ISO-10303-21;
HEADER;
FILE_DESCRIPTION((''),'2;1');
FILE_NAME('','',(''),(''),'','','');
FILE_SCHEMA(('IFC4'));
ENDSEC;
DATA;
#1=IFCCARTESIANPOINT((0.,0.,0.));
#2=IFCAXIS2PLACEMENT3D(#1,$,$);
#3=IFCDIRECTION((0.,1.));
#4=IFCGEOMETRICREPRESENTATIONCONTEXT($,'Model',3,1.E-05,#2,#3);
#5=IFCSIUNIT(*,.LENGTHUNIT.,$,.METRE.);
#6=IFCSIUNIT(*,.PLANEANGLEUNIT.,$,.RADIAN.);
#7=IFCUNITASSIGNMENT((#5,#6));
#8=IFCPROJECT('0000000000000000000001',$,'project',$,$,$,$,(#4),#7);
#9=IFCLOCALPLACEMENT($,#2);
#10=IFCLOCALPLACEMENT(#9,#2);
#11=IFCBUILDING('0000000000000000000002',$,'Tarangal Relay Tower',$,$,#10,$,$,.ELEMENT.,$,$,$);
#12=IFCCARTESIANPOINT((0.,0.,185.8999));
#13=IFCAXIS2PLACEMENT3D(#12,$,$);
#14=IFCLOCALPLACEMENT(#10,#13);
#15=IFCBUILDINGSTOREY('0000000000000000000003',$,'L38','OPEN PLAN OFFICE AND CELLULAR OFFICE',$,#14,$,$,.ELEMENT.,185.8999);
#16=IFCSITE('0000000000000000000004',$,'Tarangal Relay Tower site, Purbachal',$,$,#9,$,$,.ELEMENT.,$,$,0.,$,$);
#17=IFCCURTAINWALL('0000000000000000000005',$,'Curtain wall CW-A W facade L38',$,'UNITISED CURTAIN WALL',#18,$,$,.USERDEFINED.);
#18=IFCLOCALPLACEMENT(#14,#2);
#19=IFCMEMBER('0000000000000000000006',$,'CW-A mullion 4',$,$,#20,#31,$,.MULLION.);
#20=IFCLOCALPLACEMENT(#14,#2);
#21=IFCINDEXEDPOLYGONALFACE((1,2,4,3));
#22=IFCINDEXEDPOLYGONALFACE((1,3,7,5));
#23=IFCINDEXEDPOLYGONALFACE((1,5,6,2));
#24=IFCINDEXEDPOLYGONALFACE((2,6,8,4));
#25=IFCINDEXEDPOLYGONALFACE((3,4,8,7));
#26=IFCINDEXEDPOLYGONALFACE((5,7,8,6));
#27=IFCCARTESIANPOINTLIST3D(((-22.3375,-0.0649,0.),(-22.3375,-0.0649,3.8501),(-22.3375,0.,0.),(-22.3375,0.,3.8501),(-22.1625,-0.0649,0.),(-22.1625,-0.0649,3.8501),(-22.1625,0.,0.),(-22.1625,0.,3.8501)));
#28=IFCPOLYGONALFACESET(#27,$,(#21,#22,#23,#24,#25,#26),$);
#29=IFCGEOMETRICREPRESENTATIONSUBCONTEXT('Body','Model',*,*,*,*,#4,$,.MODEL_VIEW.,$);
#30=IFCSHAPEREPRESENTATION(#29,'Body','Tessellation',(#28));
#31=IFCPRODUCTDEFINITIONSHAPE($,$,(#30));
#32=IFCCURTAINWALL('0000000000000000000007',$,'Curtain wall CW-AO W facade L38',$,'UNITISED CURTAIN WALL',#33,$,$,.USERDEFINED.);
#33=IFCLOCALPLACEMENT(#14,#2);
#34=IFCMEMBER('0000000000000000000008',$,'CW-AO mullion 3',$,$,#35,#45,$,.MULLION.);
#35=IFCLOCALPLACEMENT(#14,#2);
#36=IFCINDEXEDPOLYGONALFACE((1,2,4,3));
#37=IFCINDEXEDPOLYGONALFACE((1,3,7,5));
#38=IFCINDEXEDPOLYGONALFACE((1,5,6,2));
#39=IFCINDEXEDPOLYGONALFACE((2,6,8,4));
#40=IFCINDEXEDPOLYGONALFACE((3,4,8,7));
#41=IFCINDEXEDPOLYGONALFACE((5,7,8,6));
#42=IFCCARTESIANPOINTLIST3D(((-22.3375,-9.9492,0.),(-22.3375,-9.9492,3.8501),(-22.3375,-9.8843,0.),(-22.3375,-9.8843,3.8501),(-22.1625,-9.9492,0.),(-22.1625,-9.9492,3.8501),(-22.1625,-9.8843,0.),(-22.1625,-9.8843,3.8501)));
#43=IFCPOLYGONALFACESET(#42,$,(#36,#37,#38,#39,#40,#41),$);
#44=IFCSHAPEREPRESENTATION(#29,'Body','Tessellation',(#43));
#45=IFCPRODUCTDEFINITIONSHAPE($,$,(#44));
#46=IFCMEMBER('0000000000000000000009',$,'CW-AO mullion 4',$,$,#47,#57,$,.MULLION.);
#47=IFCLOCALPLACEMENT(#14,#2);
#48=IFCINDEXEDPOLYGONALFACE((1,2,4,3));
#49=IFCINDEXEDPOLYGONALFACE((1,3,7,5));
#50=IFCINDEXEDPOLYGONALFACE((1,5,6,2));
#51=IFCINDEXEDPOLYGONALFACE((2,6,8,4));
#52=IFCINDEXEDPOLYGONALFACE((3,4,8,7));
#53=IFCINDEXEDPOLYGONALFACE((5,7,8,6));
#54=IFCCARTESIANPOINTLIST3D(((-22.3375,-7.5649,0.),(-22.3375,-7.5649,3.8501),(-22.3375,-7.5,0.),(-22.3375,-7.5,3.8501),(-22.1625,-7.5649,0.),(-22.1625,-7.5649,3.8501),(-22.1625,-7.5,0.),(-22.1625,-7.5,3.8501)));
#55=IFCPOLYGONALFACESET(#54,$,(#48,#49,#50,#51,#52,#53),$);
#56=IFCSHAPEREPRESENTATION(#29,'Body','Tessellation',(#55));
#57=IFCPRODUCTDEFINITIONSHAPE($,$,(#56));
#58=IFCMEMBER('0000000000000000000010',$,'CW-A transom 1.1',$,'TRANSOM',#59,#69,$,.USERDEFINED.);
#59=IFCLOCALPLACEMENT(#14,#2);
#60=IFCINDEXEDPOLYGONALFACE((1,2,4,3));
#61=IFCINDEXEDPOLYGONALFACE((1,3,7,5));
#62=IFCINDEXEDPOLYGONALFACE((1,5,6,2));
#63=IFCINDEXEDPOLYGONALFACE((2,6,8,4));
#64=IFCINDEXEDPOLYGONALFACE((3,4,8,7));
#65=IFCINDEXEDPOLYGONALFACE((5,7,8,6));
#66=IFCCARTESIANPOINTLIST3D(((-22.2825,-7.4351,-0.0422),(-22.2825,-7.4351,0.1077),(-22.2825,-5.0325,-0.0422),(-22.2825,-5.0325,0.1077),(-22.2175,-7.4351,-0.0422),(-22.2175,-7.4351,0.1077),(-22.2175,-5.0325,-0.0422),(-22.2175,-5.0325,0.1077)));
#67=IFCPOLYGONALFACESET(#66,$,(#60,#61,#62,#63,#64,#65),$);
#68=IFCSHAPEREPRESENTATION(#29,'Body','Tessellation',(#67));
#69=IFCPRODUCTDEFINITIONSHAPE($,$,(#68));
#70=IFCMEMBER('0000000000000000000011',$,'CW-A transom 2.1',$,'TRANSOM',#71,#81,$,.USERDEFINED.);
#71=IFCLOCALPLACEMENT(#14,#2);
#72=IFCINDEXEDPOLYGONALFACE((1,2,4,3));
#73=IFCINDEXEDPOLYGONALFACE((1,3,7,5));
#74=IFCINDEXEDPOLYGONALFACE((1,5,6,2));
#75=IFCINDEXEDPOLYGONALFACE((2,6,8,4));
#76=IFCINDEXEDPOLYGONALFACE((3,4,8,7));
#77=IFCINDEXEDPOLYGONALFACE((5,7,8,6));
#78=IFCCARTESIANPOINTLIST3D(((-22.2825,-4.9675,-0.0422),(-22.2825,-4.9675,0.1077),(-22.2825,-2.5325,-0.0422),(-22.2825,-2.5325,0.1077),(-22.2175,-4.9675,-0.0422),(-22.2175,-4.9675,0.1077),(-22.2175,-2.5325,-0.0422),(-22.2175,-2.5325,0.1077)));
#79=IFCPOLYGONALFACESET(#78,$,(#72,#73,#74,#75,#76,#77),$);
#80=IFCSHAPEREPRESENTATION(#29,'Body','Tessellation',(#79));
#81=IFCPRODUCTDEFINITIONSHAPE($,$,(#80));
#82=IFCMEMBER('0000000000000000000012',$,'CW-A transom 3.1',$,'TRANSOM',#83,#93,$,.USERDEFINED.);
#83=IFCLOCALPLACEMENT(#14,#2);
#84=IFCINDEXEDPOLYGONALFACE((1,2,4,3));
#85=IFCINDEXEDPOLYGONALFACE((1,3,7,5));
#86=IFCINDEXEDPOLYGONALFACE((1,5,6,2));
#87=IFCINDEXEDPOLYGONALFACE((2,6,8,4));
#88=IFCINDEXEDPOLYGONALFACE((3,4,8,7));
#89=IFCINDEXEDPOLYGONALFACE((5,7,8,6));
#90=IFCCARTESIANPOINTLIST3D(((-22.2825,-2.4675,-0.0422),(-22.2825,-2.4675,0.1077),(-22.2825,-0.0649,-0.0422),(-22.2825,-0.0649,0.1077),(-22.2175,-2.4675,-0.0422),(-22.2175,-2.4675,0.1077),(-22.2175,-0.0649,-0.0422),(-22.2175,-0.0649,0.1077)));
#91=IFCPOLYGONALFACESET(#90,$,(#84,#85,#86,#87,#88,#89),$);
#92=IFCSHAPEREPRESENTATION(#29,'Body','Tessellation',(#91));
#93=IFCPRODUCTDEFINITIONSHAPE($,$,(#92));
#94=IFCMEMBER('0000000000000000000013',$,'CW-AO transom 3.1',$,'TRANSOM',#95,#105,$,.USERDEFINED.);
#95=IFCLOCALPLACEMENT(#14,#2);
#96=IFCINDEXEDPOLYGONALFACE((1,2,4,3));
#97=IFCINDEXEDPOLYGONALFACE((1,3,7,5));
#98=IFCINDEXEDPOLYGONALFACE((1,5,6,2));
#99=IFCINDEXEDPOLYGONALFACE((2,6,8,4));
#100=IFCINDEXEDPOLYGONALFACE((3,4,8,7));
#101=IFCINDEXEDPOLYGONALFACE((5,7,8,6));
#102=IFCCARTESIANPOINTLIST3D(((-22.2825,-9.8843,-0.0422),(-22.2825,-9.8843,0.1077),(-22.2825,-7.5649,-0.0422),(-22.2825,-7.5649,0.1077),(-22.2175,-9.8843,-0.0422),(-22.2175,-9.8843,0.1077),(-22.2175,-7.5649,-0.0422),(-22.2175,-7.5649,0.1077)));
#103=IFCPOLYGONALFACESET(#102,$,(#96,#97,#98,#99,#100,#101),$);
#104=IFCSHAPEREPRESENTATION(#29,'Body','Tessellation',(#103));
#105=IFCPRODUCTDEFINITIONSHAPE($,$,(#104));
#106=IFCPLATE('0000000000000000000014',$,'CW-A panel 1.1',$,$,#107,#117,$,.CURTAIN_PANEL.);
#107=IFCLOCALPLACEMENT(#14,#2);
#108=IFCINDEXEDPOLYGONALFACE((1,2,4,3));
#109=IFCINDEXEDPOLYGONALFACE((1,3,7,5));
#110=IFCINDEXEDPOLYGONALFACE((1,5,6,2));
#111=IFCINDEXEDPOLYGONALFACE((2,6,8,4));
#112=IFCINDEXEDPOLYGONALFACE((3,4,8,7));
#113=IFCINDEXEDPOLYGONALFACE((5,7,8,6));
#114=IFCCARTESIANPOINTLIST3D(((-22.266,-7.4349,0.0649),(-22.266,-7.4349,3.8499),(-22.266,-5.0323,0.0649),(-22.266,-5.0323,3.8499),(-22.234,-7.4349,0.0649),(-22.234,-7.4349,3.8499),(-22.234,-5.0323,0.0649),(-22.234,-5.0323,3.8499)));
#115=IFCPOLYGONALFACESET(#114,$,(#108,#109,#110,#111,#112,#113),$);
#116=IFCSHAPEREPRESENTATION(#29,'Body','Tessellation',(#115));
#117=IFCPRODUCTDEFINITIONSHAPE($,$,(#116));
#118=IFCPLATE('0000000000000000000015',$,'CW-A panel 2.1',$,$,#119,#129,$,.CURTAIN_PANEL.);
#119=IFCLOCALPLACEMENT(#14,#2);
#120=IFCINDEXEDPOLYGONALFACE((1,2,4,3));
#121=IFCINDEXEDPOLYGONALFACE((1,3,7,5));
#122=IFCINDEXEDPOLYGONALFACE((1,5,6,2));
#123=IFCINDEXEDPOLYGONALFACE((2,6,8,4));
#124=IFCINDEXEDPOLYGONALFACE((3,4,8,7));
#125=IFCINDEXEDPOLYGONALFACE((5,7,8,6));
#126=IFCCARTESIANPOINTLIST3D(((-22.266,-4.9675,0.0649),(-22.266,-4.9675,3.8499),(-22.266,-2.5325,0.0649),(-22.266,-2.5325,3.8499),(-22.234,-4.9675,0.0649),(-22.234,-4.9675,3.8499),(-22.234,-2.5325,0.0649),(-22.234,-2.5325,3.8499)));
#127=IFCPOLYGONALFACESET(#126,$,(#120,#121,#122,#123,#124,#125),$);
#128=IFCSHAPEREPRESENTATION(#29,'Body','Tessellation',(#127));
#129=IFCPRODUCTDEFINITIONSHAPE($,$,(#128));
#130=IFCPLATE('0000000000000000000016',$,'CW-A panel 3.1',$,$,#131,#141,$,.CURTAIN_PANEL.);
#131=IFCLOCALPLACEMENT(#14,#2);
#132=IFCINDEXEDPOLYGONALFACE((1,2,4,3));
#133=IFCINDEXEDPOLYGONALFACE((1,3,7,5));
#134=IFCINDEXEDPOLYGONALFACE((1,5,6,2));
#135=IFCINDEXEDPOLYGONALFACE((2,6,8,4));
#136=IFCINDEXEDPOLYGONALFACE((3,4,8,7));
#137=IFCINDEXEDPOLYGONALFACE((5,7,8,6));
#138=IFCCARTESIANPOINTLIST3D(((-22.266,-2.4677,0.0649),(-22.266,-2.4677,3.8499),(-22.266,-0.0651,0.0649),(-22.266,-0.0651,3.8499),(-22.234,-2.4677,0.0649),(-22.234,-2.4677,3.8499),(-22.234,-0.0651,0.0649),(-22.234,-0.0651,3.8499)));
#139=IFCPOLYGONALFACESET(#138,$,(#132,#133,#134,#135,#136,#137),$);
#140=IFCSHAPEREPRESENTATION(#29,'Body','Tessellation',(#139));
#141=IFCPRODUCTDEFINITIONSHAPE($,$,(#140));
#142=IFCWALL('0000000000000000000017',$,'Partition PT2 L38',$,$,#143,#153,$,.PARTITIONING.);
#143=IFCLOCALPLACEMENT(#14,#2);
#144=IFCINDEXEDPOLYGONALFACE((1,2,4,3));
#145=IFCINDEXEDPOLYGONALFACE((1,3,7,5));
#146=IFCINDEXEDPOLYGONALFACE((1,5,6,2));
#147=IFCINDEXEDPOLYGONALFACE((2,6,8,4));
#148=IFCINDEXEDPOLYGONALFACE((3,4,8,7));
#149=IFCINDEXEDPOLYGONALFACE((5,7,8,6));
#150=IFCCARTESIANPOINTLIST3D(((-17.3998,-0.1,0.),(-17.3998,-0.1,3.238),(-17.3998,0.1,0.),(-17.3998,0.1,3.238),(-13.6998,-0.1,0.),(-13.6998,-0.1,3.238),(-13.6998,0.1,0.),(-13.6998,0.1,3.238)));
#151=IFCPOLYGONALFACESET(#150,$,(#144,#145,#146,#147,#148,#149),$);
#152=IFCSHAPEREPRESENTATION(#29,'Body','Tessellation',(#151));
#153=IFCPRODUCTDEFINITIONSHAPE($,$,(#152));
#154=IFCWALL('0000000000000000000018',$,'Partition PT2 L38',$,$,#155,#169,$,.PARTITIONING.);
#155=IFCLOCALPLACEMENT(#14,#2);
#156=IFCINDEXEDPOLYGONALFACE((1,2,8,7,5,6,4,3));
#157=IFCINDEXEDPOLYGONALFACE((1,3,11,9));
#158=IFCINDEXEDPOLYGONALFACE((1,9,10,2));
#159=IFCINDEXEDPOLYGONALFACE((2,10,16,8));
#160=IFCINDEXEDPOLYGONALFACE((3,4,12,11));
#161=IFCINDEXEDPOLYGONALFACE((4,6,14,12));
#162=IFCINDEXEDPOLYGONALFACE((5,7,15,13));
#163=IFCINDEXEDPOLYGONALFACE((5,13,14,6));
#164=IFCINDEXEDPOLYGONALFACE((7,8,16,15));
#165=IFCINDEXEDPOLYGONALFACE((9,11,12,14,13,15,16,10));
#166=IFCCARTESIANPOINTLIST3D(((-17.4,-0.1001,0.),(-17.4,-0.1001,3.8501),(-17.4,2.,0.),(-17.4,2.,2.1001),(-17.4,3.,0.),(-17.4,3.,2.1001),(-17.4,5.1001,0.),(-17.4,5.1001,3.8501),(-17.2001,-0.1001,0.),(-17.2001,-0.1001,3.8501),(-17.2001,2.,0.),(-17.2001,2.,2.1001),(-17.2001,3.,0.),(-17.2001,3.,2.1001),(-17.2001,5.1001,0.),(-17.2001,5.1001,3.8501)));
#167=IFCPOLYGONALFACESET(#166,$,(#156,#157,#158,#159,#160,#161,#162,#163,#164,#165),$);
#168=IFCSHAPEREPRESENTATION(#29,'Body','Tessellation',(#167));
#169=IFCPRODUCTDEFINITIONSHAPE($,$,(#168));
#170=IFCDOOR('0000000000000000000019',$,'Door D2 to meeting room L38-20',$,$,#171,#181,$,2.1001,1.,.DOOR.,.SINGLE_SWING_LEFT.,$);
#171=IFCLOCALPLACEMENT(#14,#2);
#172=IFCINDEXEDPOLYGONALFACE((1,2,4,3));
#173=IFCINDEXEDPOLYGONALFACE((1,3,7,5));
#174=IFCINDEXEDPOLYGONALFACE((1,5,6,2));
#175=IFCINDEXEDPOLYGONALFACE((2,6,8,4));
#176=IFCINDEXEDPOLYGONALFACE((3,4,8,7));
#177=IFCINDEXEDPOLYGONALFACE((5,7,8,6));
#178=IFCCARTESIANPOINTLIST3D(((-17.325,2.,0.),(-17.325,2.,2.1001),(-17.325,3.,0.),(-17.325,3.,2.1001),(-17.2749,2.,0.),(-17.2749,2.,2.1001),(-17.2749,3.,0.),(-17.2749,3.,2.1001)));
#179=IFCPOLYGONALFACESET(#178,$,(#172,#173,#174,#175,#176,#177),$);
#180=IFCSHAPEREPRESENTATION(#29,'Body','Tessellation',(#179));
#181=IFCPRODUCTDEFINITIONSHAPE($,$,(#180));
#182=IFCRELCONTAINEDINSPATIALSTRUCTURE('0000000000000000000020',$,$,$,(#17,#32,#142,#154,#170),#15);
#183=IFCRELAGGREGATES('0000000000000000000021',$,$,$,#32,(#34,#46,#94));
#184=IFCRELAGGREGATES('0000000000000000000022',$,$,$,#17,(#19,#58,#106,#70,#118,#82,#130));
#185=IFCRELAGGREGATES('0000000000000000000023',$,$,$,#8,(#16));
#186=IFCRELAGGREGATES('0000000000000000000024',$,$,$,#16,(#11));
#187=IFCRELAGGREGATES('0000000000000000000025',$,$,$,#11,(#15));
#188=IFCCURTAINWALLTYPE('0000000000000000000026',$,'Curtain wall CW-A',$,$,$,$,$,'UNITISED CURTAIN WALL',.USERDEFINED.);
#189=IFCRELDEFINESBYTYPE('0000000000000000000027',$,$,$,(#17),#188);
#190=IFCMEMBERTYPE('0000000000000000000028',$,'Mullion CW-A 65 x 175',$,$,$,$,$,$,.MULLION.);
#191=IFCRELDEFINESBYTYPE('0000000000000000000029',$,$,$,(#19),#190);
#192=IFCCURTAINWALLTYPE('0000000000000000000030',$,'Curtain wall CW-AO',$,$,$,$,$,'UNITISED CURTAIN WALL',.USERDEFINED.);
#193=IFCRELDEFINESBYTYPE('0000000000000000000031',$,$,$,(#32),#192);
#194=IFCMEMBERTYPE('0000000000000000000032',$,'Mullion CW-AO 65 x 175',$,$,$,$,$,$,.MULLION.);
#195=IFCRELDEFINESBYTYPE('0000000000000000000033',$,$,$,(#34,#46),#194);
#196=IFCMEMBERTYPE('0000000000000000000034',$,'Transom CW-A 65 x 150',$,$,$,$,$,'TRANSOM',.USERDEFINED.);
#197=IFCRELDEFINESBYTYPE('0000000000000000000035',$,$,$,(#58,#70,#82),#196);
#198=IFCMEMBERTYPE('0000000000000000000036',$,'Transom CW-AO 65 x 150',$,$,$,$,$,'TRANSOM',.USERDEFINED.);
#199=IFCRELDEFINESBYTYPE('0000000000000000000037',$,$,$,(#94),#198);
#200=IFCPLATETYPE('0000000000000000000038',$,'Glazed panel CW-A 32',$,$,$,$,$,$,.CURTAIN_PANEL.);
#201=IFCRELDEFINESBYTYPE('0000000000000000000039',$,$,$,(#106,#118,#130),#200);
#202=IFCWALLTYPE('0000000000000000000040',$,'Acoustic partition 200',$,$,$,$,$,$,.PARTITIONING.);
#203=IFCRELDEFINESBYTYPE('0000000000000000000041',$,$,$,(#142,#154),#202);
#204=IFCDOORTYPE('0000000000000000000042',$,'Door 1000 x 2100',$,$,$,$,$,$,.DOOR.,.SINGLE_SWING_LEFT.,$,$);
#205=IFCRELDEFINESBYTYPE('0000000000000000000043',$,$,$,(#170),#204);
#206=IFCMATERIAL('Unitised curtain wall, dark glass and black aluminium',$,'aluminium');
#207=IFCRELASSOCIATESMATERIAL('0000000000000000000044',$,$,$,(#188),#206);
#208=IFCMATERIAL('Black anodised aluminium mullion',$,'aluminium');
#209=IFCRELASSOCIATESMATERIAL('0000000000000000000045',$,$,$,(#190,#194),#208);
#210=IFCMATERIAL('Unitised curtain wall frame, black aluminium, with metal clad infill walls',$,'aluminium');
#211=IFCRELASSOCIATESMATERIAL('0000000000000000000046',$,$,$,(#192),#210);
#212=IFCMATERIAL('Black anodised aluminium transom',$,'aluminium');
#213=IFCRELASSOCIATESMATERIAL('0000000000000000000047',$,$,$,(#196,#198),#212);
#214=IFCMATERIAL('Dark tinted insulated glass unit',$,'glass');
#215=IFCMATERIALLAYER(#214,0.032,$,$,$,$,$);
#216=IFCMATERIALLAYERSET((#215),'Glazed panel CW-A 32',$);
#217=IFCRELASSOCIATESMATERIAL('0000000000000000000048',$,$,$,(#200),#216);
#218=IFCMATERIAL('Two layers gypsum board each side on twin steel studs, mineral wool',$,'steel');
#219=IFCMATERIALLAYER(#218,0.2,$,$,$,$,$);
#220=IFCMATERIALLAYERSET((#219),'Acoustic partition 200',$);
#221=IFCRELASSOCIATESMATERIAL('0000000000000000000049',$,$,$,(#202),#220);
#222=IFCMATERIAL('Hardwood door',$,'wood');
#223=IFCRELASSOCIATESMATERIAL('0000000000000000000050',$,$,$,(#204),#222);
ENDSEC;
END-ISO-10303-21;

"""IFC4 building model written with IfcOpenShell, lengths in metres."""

from ifc_helpers import new_model, si_unit, direction, frame, frame_2d, origin, origin_2d, place, context, subcontext, project, spatial, rectangle, extrude, material, layer, layer_set, material_profile, profile_set, type_object, element, fill, aggregate, save


model = new_model("IFC4")

# Units and contexts
model_context = context("Model", 3, precision=1e-05, world=origin(), true_north=direction((0.0, 1.0)))
body_context = subcontext(model_context, "Body", "Model", "MODEL_VIEW")
ifc_project = project(units=[si_unit("LENGTHUNIT", "METRE"), si_unit("PLANEANGLEUNIT", "RADIAN")], contexts=[model_context])

# Site, building, storey
site_placement = place(None, origin())
site = spatial("IfcSite", under=ifc_project, at=site_placement, Name="Tarangal Relay Tower site, Purbachal", CompositionType="ELEMENT", RefElevation=0.0)
building_placement = place(site_placement, origin())
building = spatial("IfcBuilding", under=site, at=building_placement, Name="Tarangal Relay Tower", CompositionType="ELEMENT")
storey_placement = place(building_placement, frame((0.0, 0.0, 185.8999)))
storey = spatial("IfcBuildingStorey", under=building, at=storey_placement, Name="L38", Description="OPEN PLAN OFFICE AND CELLULAR OFFICE", CompositionType="ELEMENT", Elevation=185.8999)

# Curtain walls, members
ifc_material_1 = material(Name="Unitised curtain wall, dark glass and black aluminium", Category="aluminium")
curtain_wall_type_1 = type_object("IfcCurtainWallType", Name="Curtain wall CW-A", ElementType="UNITISED CURTAIN WALL", PredefinedType="USERDEFINED", material=ifc_material_1)
curtain_wall_1_placement = place(storey_placement, origin())
curtain_wall_1 = element("IfcCurtainWall", 1, at=curtain_wall_1_placement, inside=storey, type_object=curtain_wall_type_1, Name="Curtain wall CW-A W facade L38", ObjectType="UNITISED CURTAIN WALL", PredefinedType="USERDEFINED")
ifc_material_2 = material(Name="Black anodised aluminium mullion", Category="aluminium")
ifc_material_profile_1 = material_profile(ifc_material_2, rectangle(XDim=0.175, YDim=0.0649, at=origin_2d()), Name="CW-AM 65X175")
ifc_profile_set_1 = profile_set([ifc_material_profile_1], Name="Black anodised aluminium mullion")
member_type_1 = type_object("IfcMemberType", Name="Mullion CW-A 65 x 175", PredefinedType="MULLION", material=ifc_profile_set_1)
member_1_placement = place(storey_placement, frame((-22.25, -0.0325, 0.0), z_axis=(0.0, 0.0, 1.0), x_axis=(-1.0, 0.0, 0.0)))
member_1 = element("IfcMember", 2, at=member_1_placement, type_object=member_type_1, Name="CW-A mullion 4", PredefinedType="MULLION", context=body_context, shape_type="SweptSolid", body=[
    extrude(rectangle(XDim=0.175, YDim=0.0649, at=origin_2d()), origin(), (0.0, 0.0, 1.0), 3.8501),
])
ifc_material_3 = material(Name="Unitised curtain wall frame, black aluminium, with metal clad infill walls", Category="aluminium")
curtain_wall_type_2 = type_object("IfcCurtainWallType", Name="Curtain wall CW-AO", ElementType="UNITISED CURTAIN WALL", PredefinedType="USERDEFINED", material=ifc_material_3)
curtain_wall_2_placement = place(storey_placement, origin())
curtain_wall_2 = element("IfcCurtainWall", 3, at=curtain_wall_2_placement, inside=storey, type_object=curtain_wall_type_2, Name="Curtain wall CW-AO W facade L38", ObjectType="UNITISED CURTAIN WALL", PredefinedType="USERDEFINED")
ifc_material_profile_2 = material_profile(ifc_material_2, rectangle(XDim=0.175, YDim=0.0649, at=origin_2d()), Name="CW-AOM 65X175")
ifc_profile_set_2 = profile_set([ifc_material_profile_2], Name="Black anodised aluminium mullion")
member_type_2 = type_object("IfcMemberType", Name="Mullion CW-AO 65 x 175", PredefinedType="MULLION", material=ifc_profile_set_2)
member_2_placement = place(storey_placement, frame((-22.25, -9.9167, 0.0), z_axis=(0.0, 0.0, 1.0), x_axis=(-1.0, 0.0, 0.0)))
member_2 = element("IfcMember", 4, at=member_2_placement, type_object=member_type_2, Name="CW-AO mullion 3", PredefinedType="MULLION", context=body_context, shape_type="SweptSolid", body=[
    extrude(rectangle(XDim=0.175, YDim=0.0649, at=origin_2d()), origin(), (0.0, 0.0, 1.0), 3.8501),
])
member_3_placement = place(storey_placement, frame((-22.25, -7.5325, 0.0), z_axis=(0.0, 0.0, 1.0), x_axis=(-1.0, 0.0, 0.0)))
member_3 = element("IfcMember", 5, at=member_3_placement, type_object=member_type_2, Name="CW-AO mullion 4", PredefinedType="MULLION", context=body_context, shape_type="SweptSolid", body=[
    extrude(rectangle(XDim=0.175, YDim=0.0649, at=origin_2d()), origin(), (0.0, 0.0, 1.0), 3.8501),
])

# Members
ifc_material_4 = material(Name="Black anodised aluminium transom", Category="aluminium")
ifc_material_profile_3 = material_profile(ifc_material_4, rectangle(XDim=0.0649, YDim=0.1499, at=origin_2d()), Name="CW-AT 65X150")
ifc_profile_set_3 = profile_set([ifc_material_profile_3], Name="Black anodised aluminium transom")
member_type_3 = type_object("IfcMemberType", Name="Transom CW-A 65 x 150", ElementType="TRANSOM", PredefinedType="USERDEFINED", material=ifc_profile_set_3)
member_4_placement = place(storey_placement, frame((-22.25, -7.4351, 0.0327), z_axis=(0.0, 1.0, 0.0), x_axis=(-1.0, 0.0, 0.0)))
member_4 = element("IfcMember", 6, at=member_4_placement, type_object=member_type_3, Name="CW-A transom 1.1", ObjectType="TRANSOM", PredefinedType="USERDEFINED", context=body_context, shape_type="SweptSolid", body=[
    extrude(rectangle(XDim=0.0649, YDim=0.1499, at=origin_2d()), origin(), (0.0, 0.0, 1.0), 2.4026),
])
member_5_placement = place(storey_placement, frame((-22.25, -4.9675, 0.0327), z_axis=(0.0, 1.0, 0.0), x_axis=(-1.0, 0.0, 0.0)))
member_5 = element("IfcMember", 7, at=member_5_placement, type_object=member_type_3, Name="CW-A transom 2.1", ObjectType="TRANSOM", PredefinedType="USERDEFINED", context=body_context, shape_type="SweptSolid", body=[
    extrude(rectangle(XDim=0.0649, YDim=0.1499, at=origin_2d()), origin(), (0.0, 0.0, 1.0), 2.4351),
])
member_6_placement = place(storey_placement, frame((-22.25, -2.4675, 0.0327), z_axis=(0.0, 1.0, 0.0), x_axis=(-1.0, 0.0, 0.0)))
member_6 = element("IfcMember", 8, at=member_6_placement, type_object=member_type_3, Name="CW-A transom 3.1", ObjectType="TRANSOM", PredefinedType="USERDEFINED", context=body_context, shape_type="SweptSolid", body=[
    extrude(rectangle(XDim=0.0649, YDim=0.1499, at=origin_2d()), origin(), (0.0, 0.0, 1.0), 2.4026),
])
ifc_material_profile_4 = material_profile(ifc_material_4, rectangle(XDim=0.0649, YDim=0.1499, at=origin_2d()), Name="CW-AOT 65X150")
ifc_profile_set_4 = profile_set([ifc_material_profile_4], Name="Black anodised aluminium transom")
member_type_4 = type_object("IfcMemberType", Name="Transom CW-AO 65 x 150", ElementType="TRANSOM", PredefinedType="USERDEFINED", material=ifc_profile_set_4)
member_7_placement = place(storey_placement, frame((-22.25, -9.8843, 0.0327), z_axis=(0.0, 1.0, 0.0), x_axis=(-1.0, 0.0, 0.0)))
member_7 = element("IfcMember", 9, at=member_7_placement, type_object=member_type_4, Name="CW-AO transom 3.1", ObjectType="TRANSOM", PredefinedType="USERDEFINED", context=body_context, shape_type="SweptSolid", body=[
    extrude(rectangle(XDim=0.0649, YDim=0.1499, at=origin_2d()), origin(), (0.0, 0.0, 1.0), 2.3193),
])
aggregate(curtain_wall_2, [member_2, member_3, member_7])

# Plates
ifc_material_5 = material(Name="Dark tinted insulated glass unit", Category="glass")
ifc_layer_1 = layer(ifc_material_5, 0.032)
ifc_layer_set_1 = layer_set([ifc_layer_1], Name="Glazed panel CW-A 32")
plate_type = type_object("IfcPlateType", Name="Glazed panel CW-A 32", PredefinedType="CURTAIN_PANEL", material=ifc_layer_set_1)
plate_1_placement = place(storey_placement, frame((-22.25, -6.2336, 0.0649), z_axis=(0.0, 0.0, 1.0), x_axis=(0.0, 1.0, 0.0)))
plate_1 = element("IfcPlate", 10, at=plate_1_placement, type_object=plate_type, Name="CW-A panel 1.1", PredefinedType="CURTAIN_PANEL", context=body_context, shape_type="SweptSolid", body=[
    extrude(rectangle(XDim=2.4026, YDim=0.032, at=origin_2d()), origin(), (0.0, 0.0, 1.0), 3.7849),
])
plate_2_placement = place(storey_placement, frame((-22.25, -3.75, 0.0649), z_axis=(0.0, 0.0, 1.0), x_axis=(0.0, 1.0, 0.0)))
plate_2 = element("IfcPlate", 11, at=plate_2_placement, type_object=plate_type, Name="CW-A panel 2.1", PredefinedType="CURTAIN_PANEL", context=body_context, shape_type="SweptSolid", body=[
    extrude(rectangle(XDim=2.4351, YDim=0.032, at=origin_2d()), origin(), (0.0, 0.0, 1.0), 3.7849),
])
plate_3_placement = place(storey_placement, frame((-22.25, -1.2664, 0.0649), z_axis=(0.0, 0.0, 1.0), x_axis=(0.0, 1.0, 0.0)))
plate_3 = element("IfcPlate", 12, at=plate_3_placement, type_object=plate_type, Name="CW-A panel 3.1", PredefinedType="CURTAIN_PANEL", context=body_context, shape_type="SweptSolid", body=[
    extrude(rectangle(XDim=2.4026, YDim=0.032, at=origin_2d()), origin(), (0.0, 0.0, 1.0), 3.7849),
])
aggregate(curtain_wall_1, [member_1, member_4, plate_1, member_5, plate_2, member_6, plate_3])

# Wall
ifc_material_6 = material(Name="Two layers gypsum board each side on twin steel studs, mineral wool", Category="steel")
ifc_layer_2 = layer(ifc_material_6, 0.2)
ifc_layer_set_2 = layer_set([ifc_layer_2], Name="Acoustic partition 200")
wall_type_1 = type_object("IfcWallType", Name="Acoustic partition 200", PredefinedType="PARTITIONING", material=ifc_layer_set_2)
wall_1_placement = place(storey_placement, frame((-17.3999, 0.0, 0.0), z_axis=(0.0, 0.0, 1.0), x_axis=(1.0, 0.0, 0.0)))
element("IfcWall", 13, at=wall_1_placement, inside=storey, type_object=wall_type_1, Name="Partition PT2 L38", PredefinedType="PARTITIONING", context=body_context, shape_type="SweptSolid", body=[
    extrude(rectangle(XDim=3.7, YDim=0.2, at=frame_2d((1.8501, 0.0))), origin(), (0.0, 0.0, 1.0), 3.238),
])

# Wall, opening, door
wall_2_placement = place(storey_placement, frame((-17.3, -0.1001, 0.0), z_axis=(0.0, 0.0, 1.0), x_axis=(0.0, 1.0, 0.0)))
wall_2 = element("IfcWall", 14, at=wall_2_placement, inside=storey, type_object=wall_type_1, Name="Partition PT2 L38", PredefinedType="PARTITIONING", context=body_context, shape_type="SweptSolid", body=[
    extrude(rectangle(XDim=5.2002, YDim=0.2, at=frame_2d((2.6001, 0.0))), origin(), (0.0, 0.0, 1.0), 3.8501),
])
opening_1_placement = place(wall_2_placement, frame((2.1001, 0.0, 0.0)))
opening_1 = element("IfcOpeningElement", 15, at=opening_1_placement, cuts=wall_2, PredefinedType="OPENING", context=body_context, shape_type="SweptSolid", body=[
    extrude(rectangle(XDim=1.0, YDim=2.1001, at=frame_2d((0.5, 1.05))), frame((0.0, 0.1099, 0.0), z_axis=(0.0, -1.0, 0.0), x_axis=(1.0, 0.0, 0.0)), (0.0, 0.0, 1.0), 0.22),
])
ifc_material_7 = material(Name="Hardwood door", Category="wood")
door_type = type_object("IfcDoorType", Name="Door 1000 x 2100", OperationType="SINGLE_SWING_LEFT", PredefinedType="DOOR", material=ifc_material_7)
door_1_placement = place(opening_1_placement, origin())
door_1 = element("IfcDoor", 16, at=door_1_placement, inside=storey, type_object=door_type, Name="Door D2 to meeting room L38-20", OperationType="SINGLE_SWING_LEFT", OverallHeight=2.1001, OverallWidth=1.0, PredefinedType="DOOR", context=body_context, shape_type="SweptSolid", body=[
    extrude(rectangle(XDim=1.0, YDim=2.1001, at=frame_2d((0.5, 1.05))), frame((0.0, 0.0249, 0.0), z_axis=(0.0, -1.0, 0.0), x_axis=(1.0, 0.0, 0.0)), (0.0, 0.0, 1.0), 0.05),
])
fill(opening_1, door_1)

save(model, "model.ifc")
